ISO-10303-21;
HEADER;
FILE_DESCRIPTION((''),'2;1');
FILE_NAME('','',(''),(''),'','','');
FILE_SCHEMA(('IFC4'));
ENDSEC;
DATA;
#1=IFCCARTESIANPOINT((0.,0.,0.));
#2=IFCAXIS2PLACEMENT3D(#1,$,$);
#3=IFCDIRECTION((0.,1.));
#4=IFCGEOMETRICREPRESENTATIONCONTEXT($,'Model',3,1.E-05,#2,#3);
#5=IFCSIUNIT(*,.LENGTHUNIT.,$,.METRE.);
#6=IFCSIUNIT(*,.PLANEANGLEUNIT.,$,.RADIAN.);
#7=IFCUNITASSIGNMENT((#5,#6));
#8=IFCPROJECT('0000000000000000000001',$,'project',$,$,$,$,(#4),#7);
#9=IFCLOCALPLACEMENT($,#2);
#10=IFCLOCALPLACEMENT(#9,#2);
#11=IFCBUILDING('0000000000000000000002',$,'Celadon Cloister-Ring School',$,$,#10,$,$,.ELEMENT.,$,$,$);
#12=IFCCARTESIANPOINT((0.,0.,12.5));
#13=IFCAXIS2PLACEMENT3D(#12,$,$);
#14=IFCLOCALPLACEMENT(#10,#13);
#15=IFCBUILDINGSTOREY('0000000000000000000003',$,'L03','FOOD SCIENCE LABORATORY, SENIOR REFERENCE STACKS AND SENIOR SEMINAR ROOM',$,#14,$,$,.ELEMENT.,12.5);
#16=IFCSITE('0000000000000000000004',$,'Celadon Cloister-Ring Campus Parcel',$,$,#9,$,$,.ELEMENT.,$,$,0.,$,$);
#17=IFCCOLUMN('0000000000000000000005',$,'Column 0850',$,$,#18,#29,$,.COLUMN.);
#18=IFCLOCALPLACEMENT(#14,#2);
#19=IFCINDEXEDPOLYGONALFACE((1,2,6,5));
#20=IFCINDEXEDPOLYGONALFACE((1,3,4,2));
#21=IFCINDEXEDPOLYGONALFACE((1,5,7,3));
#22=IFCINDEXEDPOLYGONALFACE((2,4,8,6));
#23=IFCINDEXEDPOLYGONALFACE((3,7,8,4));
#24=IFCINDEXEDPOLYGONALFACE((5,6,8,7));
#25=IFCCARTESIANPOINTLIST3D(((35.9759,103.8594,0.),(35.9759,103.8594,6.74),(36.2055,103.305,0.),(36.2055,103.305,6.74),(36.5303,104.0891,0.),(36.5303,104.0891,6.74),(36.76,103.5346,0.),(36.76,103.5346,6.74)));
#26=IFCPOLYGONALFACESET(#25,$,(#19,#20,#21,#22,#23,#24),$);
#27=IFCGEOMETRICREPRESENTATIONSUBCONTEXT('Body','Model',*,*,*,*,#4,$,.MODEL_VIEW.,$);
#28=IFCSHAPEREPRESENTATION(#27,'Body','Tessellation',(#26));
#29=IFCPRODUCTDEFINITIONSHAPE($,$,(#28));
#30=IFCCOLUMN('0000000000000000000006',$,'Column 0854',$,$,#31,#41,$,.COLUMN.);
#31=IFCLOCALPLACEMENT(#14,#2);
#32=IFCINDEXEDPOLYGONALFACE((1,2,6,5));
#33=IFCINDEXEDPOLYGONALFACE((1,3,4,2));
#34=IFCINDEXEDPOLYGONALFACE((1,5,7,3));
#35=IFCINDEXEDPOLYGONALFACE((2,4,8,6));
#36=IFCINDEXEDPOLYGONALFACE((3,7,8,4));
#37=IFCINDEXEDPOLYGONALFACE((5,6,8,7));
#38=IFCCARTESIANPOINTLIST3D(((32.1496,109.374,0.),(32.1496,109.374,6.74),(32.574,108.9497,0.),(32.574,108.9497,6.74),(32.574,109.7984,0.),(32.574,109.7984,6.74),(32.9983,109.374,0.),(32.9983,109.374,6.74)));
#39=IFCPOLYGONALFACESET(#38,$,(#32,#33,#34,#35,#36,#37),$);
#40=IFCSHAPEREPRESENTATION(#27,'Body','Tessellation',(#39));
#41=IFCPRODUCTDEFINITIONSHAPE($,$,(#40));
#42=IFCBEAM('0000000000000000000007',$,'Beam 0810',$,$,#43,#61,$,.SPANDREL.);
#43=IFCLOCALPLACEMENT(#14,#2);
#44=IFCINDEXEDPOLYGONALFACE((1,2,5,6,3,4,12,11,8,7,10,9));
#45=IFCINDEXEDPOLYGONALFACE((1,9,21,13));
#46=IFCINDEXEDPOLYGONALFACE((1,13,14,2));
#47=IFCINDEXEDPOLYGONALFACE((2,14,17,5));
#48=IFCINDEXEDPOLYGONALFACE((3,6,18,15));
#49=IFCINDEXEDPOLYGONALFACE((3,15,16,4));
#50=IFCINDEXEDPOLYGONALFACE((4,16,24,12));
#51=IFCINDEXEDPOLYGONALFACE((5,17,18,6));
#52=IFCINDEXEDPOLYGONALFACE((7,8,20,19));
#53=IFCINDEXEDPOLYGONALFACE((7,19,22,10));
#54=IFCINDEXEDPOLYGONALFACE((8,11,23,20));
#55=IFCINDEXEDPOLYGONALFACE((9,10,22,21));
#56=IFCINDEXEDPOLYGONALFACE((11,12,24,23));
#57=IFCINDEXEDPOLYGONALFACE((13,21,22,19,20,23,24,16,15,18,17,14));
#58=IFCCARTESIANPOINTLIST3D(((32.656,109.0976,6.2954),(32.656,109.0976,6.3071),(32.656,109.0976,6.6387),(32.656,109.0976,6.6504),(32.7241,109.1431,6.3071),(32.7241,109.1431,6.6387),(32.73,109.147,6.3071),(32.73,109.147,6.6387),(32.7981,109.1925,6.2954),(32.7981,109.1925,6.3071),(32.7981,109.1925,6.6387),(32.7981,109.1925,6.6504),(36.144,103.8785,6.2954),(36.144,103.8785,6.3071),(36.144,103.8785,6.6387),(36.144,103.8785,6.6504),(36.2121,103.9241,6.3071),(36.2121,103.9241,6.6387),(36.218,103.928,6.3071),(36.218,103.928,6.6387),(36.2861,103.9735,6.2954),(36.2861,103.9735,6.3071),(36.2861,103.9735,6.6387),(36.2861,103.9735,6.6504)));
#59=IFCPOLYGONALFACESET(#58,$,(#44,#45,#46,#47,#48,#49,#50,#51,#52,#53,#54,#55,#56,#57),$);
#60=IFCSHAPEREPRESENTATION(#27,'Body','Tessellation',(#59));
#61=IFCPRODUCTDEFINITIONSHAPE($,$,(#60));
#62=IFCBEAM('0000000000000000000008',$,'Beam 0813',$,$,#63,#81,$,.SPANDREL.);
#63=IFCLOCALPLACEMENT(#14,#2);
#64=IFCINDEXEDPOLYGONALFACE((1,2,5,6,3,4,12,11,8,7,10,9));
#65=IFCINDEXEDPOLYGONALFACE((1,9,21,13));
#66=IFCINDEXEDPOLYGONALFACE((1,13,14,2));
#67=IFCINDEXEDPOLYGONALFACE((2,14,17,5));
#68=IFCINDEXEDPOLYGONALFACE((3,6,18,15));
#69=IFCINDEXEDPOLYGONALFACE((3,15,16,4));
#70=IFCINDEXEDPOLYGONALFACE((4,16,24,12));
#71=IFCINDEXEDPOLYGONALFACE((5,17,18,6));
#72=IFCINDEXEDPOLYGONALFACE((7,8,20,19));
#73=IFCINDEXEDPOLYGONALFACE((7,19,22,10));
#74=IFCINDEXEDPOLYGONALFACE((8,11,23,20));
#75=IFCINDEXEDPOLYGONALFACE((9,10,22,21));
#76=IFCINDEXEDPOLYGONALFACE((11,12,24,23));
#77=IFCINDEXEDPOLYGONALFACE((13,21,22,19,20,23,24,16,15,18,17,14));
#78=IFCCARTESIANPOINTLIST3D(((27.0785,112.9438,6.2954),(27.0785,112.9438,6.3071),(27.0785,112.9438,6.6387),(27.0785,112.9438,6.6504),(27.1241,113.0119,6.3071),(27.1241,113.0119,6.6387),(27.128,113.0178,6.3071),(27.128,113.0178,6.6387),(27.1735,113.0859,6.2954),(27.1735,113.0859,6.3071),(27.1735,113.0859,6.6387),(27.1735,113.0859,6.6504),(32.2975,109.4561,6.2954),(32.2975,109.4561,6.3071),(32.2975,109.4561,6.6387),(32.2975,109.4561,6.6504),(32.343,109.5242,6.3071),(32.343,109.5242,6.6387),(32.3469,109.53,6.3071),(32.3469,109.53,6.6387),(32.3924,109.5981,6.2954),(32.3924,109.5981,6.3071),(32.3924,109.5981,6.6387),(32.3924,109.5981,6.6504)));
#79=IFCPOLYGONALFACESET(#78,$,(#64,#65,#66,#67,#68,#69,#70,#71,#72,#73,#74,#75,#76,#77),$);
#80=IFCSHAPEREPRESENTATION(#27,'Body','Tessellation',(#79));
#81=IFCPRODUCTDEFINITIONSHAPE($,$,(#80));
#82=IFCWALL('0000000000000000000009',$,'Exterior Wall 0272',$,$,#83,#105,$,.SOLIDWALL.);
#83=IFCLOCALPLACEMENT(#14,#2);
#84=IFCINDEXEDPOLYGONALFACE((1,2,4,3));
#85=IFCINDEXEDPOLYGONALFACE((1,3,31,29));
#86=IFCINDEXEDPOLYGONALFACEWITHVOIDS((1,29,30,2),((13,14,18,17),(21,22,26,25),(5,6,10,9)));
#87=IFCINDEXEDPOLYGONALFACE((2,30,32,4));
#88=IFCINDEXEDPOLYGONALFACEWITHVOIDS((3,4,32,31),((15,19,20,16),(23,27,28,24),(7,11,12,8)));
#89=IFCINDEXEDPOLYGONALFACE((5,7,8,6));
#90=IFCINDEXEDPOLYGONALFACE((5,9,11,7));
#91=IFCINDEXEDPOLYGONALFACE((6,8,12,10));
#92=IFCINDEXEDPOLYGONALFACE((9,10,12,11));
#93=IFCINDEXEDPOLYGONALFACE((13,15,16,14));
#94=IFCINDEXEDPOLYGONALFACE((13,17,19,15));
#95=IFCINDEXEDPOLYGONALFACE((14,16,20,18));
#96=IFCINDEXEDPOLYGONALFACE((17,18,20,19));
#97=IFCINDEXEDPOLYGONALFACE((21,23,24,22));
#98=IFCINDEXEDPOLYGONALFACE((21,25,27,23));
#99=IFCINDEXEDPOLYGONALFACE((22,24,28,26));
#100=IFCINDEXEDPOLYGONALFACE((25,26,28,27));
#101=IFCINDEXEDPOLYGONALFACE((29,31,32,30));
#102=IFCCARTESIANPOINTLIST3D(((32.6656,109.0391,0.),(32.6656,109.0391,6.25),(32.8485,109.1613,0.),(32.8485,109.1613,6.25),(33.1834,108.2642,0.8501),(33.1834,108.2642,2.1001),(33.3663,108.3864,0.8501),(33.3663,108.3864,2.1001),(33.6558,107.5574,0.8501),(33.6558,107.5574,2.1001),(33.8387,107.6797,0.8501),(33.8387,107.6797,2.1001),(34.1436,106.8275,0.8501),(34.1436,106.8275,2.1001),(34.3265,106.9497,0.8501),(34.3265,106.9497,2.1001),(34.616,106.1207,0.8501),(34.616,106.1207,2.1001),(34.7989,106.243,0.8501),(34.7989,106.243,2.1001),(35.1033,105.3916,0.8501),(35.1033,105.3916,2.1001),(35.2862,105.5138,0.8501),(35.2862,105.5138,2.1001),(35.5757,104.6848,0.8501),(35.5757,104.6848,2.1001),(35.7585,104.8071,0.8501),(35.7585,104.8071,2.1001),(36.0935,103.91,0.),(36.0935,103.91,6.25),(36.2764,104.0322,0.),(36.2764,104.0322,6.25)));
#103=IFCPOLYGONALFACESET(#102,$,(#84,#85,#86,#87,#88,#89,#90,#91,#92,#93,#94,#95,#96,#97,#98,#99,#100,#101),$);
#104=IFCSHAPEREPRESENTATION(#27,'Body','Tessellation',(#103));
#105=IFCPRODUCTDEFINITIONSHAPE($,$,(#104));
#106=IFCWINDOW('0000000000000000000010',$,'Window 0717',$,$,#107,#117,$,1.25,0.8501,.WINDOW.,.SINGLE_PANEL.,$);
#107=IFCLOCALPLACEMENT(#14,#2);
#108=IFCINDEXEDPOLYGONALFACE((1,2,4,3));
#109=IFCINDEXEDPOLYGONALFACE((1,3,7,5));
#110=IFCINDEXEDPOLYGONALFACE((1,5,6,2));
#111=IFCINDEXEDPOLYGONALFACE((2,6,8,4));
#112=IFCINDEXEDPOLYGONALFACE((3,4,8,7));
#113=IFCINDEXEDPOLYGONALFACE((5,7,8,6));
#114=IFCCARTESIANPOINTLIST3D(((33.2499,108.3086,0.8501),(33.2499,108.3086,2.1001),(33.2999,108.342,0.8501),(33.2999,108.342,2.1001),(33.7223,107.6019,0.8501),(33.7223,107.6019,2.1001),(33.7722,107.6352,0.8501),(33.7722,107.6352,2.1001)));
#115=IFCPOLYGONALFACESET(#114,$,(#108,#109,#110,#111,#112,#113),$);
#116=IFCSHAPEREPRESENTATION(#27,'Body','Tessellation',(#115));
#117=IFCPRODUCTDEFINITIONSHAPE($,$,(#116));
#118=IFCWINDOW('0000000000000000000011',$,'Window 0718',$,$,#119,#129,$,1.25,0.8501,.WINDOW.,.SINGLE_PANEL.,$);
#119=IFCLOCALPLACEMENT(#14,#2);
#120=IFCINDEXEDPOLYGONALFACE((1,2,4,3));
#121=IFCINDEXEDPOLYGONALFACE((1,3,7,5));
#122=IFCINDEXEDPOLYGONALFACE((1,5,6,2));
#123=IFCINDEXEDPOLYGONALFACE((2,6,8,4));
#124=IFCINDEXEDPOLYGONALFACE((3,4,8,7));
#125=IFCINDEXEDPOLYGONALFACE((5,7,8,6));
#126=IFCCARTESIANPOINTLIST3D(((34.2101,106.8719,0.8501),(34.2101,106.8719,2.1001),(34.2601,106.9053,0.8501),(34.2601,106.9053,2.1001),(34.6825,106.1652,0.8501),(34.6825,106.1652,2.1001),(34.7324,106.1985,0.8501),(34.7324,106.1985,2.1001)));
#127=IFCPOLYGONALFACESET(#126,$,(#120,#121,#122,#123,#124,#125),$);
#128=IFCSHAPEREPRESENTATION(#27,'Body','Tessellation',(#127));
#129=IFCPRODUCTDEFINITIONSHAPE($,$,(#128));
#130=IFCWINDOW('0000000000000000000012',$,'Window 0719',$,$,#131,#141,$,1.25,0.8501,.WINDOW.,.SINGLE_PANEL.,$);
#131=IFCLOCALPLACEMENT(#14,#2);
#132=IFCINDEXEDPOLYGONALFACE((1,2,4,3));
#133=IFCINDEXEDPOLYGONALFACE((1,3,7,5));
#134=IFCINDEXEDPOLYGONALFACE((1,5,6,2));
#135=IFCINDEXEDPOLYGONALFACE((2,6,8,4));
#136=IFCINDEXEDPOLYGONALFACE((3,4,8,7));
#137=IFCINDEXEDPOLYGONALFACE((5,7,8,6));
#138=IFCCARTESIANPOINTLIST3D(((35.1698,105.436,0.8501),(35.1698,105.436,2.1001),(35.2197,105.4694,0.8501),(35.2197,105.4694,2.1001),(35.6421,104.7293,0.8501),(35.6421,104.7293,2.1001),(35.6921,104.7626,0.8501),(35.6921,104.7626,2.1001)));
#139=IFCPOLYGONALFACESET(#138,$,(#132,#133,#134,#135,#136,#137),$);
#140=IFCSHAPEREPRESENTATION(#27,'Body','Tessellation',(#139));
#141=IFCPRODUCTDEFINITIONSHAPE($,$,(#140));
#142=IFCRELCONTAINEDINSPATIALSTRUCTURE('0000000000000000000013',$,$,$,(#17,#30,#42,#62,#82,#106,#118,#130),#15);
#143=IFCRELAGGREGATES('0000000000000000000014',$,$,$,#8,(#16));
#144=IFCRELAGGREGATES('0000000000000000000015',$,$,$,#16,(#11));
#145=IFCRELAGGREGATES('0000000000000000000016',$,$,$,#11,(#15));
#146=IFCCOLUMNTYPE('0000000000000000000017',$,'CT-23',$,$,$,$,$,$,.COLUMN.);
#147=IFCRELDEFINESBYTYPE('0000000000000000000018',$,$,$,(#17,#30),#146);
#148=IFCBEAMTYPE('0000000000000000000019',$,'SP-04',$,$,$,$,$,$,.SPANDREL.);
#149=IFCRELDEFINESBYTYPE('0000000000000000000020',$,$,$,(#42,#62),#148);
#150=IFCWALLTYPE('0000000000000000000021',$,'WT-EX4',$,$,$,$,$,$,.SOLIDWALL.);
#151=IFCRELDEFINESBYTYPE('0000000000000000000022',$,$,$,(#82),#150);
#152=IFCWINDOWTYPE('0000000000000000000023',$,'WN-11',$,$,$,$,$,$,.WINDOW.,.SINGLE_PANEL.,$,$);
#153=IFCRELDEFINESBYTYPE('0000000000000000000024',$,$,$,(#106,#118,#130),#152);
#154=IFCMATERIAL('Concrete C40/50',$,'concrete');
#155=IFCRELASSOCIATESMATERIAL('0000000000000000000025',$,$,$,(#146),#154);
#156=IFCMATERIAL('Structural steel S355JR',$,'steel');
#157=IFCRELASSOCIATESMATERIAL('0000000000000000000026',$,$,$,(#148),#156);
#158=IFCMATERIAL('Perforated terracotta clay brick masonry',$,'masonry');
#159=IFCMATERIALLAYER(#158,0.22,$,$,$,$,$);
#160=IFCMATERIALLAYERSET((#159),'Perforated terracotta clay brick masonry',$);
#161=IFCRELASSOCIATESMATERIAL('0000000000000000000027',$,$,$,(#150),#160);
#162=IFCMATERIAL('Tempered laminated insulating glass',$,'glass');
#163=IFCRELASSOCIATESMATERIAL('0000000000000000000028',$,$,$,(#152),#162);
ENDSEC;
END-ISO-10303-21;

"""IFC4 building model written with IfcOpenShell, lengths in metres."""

from ifc_helpers import new_model, si_unit, direction, frame, frame_2d, origin, origin_2d, place, context, subcontext, project, spatial, rectangle, i_section, extrude, material, layer, layer_set, material_profile, profile_set, type_object, element, fill, save


model = new_model("IFC4")

# Units and contexts
model_context = context("Model", 3, precision=1e-05, world=origin(), true_north=direction((0.0, 1.0)))
body_context = subcontext(model_context, "Body", "Model", "MODEL_VIEW")
ifc_project = project(units=[si_unit("LENGTHUNIT", "METRE"), si_unit("PLANEANGLEUNIT", "RADIAN")], contexts=[model_context])

# Site, building, storey
site_placement = place(None, origin())
site = spatial("IfcSite", under=ifc_project, at=site_placement, Name="Celadon Cloister-Ring Campus Parcel", CompositionType="ELEMENT", RefElevation=0.0)
building_placement = place(site_placement, origin())
building = spatial("IfcBuilding", under=site, at=building_placement, Name="Celadon Cloister-Ring School", CompositionType="ELEMENT")
storey_placement = place(building_placement, frame((0.0, 0.0, 12.5)))
storey = spatial("IfcBuildingStorey", under=building, at=storey_placement, Name="L03", Description="FOOD SCIENCE LABORATORY, SENIOR REFERENCE STACKS AND SENIOR SEMINAR ROOM", CompositionType="ELEMENT", Elevation=12.5)

# Columns
ifc_material_1 = material(Name="Concrete C40/50", Category="concrete")
ifc_material_profile_1 = material_profile(ifc_material_1, rectangle(XDim=0.6001, YDim=0.6001, at=origin_2d()), Name="RC600X600")
ifc_profile_set_1 = profile_set([ifc_material_profile_1], Name="Concrete C40/50")
column_type = type_object("IfcColumnType", Name="CT-23", PredefinedType="COLUMN", material=ifc_profile_set_1)
for number, where, z_axis, x_axis, name in (
    (1, (36.3679, 103.697, 0.0), (0.0, 0.0, 1.0), (0.92388, 0.382683, 0.0), "Column 0850"),
    (2, (32.574, 109.374, 0.0), (0.0, 0.0, 1.0), (0.707107, 0.707107, 0.0), "Column 0854"),
):
    element("IfcColumn", number, at=place(storey_placement, frame(where, z_axis=z_axis, x_axis=x_axis)), inside=storey, type_object=column_type, Name=name, PredefinedType="COLUMN", context=body_context, shape_type="SweptSolid", body=[
        extrude(rectangle(XDim=0.6001, YDim=0.6001, at=origin_2d()), origin(), (0.0, 0.0, 1.0), 6.74),
    ])

# Beams
ifc_material_2 = material(Name="Structural steel S355JR", Category="steel")
ifc_material_profile_2 = material_profile(ifc_material_2, i_section(OverallWidth=0.1709, OverallDepth=0.355, WebThickness=0.0071, FlangeThickness=0.0117, at=origin_2d()), Name="W360X51")
ifc_profile_set_2 = profile_set([ifc_material_profile_2], Name="Structural steel S355JR")
beam_type = type_object("IfcBeamType", Name="SP-04", PredefinedType="SPANDREL", material=ifc_profile_set_2)
beam_1_placement = place(storey_placement, frame((36.2151, 103.926, 6.4729), z_axis=(-0.55566, 0.83141, 0.0), x_axis=(-0.83141, -0.55566, 0.0)))
element("IfcBeam", 3, at=beam_1_placement, inside=storey, type_object=beam_type, Name="Beam 0810", PredefinedType="SPANDREL", context=body_context, shape_type="SweptSolid", body=[
    extrude(i_section(OverallWidth=0.1709, OverallDepth=0.355, WebThickness=0.0071, FlangeThickness=0.0117, at=origin_2d()), origin(), (0.0, 0.0, 1.0), 6.2773),
])
beam_2_placement = place(storey_placement, frame((32.345, 109.5271, 6.4729), z_axis=(-0.831427, 0.555633, 0.0), x_axis=(-0.555633, -0.831427, 0.0)))
element("IfcBeam", 4, at=beam_2_placement, inside=storey, type_object=beam_type, Name="Beam 0813", PredefinedType="SPANDREL", context=body_context, shape_type="SweptSolid", body=[
    extrude(i_section(OverallWidth=0.1709, OverallDepth=0.355, WebThickness=0.0071, FlangeThickness=0.0117, at=origin_2d()), origin(), (0.0, 0.0, 1.0), 6.2771),
])

# Wall, openings, windows
ifc_material_3 = material(Name="Perforated terracotta clay brick masonry", Category="masonry")
ifc_layer_1 = layer(ifc_material_3, 0.22)
ifc_layer_set_1 = layer_set([ifc_layer_1], Name="Perforated terracotta clay brick masonry")
wall_type = type_object("IfcWallType", Name="WT-EX4", PredefinedType="SOLIDWALL", material=ifc_layer_set_1)
wall_1_placement = place(storey_placement, frame((32.7571, 109.1001, 0.0), z_axis=(0.0, 0.0, 1.0), x_axis=(0.555659, -0.83141, 0.0)))
wall_1 = element("IfcWall", 5, at=wall_1_placement, inside=storey, type_object=wall_type, Name="Exterior Wall 0272", PredefinedType="SOLIDWALL", context=body_context, shape_type="SweptSolid", body=[
    extrude(rectangle(XDim=6.1692, YDim=0.22, at=frame_2d((3.0845, 0.0))), origin(), (0.0, 0.0, 1.0), 6.25),
])
opening_1_placement = place(wall_1_placement, frame((0.9319, 0.0, 0.8501)))
opening_1 = element("IfcOpeningElement", 6, at=opening_1_placement, cuts=wall_1, PredefinedType="OPENING", context=body_context, shape_type="SweptSolid", body=[
    extrude(rectangle(XDim=0.8501, YDim=1.25, at=frame_2d((0.425, 0.625))), frame((0.0, 0.1201, 0.0), z_axis=(0.0, -1.0, 0.0), x_axis=(1.0, 0.0, 0.0)), (0.0, 0.0, 1.0), 0.24),
])
opening_2_placement = place(wall_1_placement, frame((2.6599, 0.0, 0.8501)))
opening_2 = element("IfcOpeningElement", 7, at=opening_2_placement, cuts=wall_1, PredefinedType="OPENING", context=body_context, shape_type="SweptSolid", body=[
    extrude(rectangle(XDim=0.8501, YDim=1.25, at=frame_2d((0.425, 0.625))), frame((0.0, 0.1201, 0.0), z_axis=(0.0, -1.0, 0.0), x_axis=(1.0, 0.0, 0.0)), (0.0, 0.0, 1.0), 0.24),
])
opening_3_placement = place(wall_1_placement, frame((4.387, 0.0, 0.8501)))
opening_3 = element("IfcOpeningElement", 8, at=opening_3_placement, cuts=wall_1, PredefinedType="OPENING", context=body_context, shape_type="SweptSolid", body=[
    extrude(rectangle(XDim=0.8501, YDim=1.25, at=frame_2d((0.425, 0.625))), frame((0.0, 0.1201, 0.0), z_axis=(0.0, -1.0, 0.0), x_axis=(1.0, 0.0, 0.0)), (0.0, 0.0, 1.0), 0.24),
])
ifc_material_4 = material(Name="Tempered laminated insulating glass", Category="glass")
window_type = type_object("IfcWindowType", Name="WN-11", PartitioningType="SINGLE_PANEL", PredefinedType="WINDOW", material=ifc_material_4)
window_1_placement = place(opening_1_placement, origin())
window_1 = element("IfcWindow", 9, at=window_1_placement, inside=storey, type_object=window_type, Name="Window 0717", OverallHeight=1.25, OverallWidth=0.8501, PartitioningType="SINGLE_PANEL", PredefinedType="WINDOW", context=body_context, shape_type="SweptSolid", body=[
    extrude(rectangle(XDim=0.8501, YDim=1.25, at=frame_2d((0.425, 0.625))), frame((0.0, 0.03, 0.0), z_axis=(0.0, -1.0, 0.0), x_axis=(1.0, 0.0, 0.0)), (0.0, 0.0, 1.0), 0.0601),
])
fill(opening_1, window_1)
window_2_placement = place(opening_2_placement, origin())
window_2 = element("IfcWindow", 10, at=window_2_placement, inside=storey, type_object=window_type, Name="Window 0718", OverallHeight=1.25, OverallWidth=0.8501, PartitioningType="SINGLE_PANEL", PredefinedType="WINDOW", context=body_context, shape_type="SweptSolid", body=[
    extrude(rectangle(XDim=0.8501, YDim=1.25, at=frame_2d((0.425, 0.625))), frame((0.0, 0.03, 0.0), z_axis=(0.0, -1.0, 0.0), x_axis=(1.0, 0.0, 0.0)), (0.0, 0.0, 1.0), 0.0601),
])
fill(opening_2, window_2)
window_3_placement = place(opening_3_placement, origin())
window_3 = element("IfcWindow", 11, at=window_3_placement, inside=storey, type_object=window_type, Name="Window 0719", OverallHeight=1.25, OverallWidth=0.8501, PartitioningType="SINGLE_PANEL", PredefinedType="WINDOW", context=body_context, shape_type="SweptSolid", body=[
    extrude(rectangle(XDim=0.8501, YDim=1.25, at=frame_2d((0.425, 0.625))), frame((0.0, 0.03, 0.0), z_axis=(0.0, -1.0, 0.0), x_axis=(1.0, 0.0, 0.0)), (0.0, 0.0, 1.0), 0.0601),
])
fill(opening_3, window_3)

save(model, "model.ifc")
